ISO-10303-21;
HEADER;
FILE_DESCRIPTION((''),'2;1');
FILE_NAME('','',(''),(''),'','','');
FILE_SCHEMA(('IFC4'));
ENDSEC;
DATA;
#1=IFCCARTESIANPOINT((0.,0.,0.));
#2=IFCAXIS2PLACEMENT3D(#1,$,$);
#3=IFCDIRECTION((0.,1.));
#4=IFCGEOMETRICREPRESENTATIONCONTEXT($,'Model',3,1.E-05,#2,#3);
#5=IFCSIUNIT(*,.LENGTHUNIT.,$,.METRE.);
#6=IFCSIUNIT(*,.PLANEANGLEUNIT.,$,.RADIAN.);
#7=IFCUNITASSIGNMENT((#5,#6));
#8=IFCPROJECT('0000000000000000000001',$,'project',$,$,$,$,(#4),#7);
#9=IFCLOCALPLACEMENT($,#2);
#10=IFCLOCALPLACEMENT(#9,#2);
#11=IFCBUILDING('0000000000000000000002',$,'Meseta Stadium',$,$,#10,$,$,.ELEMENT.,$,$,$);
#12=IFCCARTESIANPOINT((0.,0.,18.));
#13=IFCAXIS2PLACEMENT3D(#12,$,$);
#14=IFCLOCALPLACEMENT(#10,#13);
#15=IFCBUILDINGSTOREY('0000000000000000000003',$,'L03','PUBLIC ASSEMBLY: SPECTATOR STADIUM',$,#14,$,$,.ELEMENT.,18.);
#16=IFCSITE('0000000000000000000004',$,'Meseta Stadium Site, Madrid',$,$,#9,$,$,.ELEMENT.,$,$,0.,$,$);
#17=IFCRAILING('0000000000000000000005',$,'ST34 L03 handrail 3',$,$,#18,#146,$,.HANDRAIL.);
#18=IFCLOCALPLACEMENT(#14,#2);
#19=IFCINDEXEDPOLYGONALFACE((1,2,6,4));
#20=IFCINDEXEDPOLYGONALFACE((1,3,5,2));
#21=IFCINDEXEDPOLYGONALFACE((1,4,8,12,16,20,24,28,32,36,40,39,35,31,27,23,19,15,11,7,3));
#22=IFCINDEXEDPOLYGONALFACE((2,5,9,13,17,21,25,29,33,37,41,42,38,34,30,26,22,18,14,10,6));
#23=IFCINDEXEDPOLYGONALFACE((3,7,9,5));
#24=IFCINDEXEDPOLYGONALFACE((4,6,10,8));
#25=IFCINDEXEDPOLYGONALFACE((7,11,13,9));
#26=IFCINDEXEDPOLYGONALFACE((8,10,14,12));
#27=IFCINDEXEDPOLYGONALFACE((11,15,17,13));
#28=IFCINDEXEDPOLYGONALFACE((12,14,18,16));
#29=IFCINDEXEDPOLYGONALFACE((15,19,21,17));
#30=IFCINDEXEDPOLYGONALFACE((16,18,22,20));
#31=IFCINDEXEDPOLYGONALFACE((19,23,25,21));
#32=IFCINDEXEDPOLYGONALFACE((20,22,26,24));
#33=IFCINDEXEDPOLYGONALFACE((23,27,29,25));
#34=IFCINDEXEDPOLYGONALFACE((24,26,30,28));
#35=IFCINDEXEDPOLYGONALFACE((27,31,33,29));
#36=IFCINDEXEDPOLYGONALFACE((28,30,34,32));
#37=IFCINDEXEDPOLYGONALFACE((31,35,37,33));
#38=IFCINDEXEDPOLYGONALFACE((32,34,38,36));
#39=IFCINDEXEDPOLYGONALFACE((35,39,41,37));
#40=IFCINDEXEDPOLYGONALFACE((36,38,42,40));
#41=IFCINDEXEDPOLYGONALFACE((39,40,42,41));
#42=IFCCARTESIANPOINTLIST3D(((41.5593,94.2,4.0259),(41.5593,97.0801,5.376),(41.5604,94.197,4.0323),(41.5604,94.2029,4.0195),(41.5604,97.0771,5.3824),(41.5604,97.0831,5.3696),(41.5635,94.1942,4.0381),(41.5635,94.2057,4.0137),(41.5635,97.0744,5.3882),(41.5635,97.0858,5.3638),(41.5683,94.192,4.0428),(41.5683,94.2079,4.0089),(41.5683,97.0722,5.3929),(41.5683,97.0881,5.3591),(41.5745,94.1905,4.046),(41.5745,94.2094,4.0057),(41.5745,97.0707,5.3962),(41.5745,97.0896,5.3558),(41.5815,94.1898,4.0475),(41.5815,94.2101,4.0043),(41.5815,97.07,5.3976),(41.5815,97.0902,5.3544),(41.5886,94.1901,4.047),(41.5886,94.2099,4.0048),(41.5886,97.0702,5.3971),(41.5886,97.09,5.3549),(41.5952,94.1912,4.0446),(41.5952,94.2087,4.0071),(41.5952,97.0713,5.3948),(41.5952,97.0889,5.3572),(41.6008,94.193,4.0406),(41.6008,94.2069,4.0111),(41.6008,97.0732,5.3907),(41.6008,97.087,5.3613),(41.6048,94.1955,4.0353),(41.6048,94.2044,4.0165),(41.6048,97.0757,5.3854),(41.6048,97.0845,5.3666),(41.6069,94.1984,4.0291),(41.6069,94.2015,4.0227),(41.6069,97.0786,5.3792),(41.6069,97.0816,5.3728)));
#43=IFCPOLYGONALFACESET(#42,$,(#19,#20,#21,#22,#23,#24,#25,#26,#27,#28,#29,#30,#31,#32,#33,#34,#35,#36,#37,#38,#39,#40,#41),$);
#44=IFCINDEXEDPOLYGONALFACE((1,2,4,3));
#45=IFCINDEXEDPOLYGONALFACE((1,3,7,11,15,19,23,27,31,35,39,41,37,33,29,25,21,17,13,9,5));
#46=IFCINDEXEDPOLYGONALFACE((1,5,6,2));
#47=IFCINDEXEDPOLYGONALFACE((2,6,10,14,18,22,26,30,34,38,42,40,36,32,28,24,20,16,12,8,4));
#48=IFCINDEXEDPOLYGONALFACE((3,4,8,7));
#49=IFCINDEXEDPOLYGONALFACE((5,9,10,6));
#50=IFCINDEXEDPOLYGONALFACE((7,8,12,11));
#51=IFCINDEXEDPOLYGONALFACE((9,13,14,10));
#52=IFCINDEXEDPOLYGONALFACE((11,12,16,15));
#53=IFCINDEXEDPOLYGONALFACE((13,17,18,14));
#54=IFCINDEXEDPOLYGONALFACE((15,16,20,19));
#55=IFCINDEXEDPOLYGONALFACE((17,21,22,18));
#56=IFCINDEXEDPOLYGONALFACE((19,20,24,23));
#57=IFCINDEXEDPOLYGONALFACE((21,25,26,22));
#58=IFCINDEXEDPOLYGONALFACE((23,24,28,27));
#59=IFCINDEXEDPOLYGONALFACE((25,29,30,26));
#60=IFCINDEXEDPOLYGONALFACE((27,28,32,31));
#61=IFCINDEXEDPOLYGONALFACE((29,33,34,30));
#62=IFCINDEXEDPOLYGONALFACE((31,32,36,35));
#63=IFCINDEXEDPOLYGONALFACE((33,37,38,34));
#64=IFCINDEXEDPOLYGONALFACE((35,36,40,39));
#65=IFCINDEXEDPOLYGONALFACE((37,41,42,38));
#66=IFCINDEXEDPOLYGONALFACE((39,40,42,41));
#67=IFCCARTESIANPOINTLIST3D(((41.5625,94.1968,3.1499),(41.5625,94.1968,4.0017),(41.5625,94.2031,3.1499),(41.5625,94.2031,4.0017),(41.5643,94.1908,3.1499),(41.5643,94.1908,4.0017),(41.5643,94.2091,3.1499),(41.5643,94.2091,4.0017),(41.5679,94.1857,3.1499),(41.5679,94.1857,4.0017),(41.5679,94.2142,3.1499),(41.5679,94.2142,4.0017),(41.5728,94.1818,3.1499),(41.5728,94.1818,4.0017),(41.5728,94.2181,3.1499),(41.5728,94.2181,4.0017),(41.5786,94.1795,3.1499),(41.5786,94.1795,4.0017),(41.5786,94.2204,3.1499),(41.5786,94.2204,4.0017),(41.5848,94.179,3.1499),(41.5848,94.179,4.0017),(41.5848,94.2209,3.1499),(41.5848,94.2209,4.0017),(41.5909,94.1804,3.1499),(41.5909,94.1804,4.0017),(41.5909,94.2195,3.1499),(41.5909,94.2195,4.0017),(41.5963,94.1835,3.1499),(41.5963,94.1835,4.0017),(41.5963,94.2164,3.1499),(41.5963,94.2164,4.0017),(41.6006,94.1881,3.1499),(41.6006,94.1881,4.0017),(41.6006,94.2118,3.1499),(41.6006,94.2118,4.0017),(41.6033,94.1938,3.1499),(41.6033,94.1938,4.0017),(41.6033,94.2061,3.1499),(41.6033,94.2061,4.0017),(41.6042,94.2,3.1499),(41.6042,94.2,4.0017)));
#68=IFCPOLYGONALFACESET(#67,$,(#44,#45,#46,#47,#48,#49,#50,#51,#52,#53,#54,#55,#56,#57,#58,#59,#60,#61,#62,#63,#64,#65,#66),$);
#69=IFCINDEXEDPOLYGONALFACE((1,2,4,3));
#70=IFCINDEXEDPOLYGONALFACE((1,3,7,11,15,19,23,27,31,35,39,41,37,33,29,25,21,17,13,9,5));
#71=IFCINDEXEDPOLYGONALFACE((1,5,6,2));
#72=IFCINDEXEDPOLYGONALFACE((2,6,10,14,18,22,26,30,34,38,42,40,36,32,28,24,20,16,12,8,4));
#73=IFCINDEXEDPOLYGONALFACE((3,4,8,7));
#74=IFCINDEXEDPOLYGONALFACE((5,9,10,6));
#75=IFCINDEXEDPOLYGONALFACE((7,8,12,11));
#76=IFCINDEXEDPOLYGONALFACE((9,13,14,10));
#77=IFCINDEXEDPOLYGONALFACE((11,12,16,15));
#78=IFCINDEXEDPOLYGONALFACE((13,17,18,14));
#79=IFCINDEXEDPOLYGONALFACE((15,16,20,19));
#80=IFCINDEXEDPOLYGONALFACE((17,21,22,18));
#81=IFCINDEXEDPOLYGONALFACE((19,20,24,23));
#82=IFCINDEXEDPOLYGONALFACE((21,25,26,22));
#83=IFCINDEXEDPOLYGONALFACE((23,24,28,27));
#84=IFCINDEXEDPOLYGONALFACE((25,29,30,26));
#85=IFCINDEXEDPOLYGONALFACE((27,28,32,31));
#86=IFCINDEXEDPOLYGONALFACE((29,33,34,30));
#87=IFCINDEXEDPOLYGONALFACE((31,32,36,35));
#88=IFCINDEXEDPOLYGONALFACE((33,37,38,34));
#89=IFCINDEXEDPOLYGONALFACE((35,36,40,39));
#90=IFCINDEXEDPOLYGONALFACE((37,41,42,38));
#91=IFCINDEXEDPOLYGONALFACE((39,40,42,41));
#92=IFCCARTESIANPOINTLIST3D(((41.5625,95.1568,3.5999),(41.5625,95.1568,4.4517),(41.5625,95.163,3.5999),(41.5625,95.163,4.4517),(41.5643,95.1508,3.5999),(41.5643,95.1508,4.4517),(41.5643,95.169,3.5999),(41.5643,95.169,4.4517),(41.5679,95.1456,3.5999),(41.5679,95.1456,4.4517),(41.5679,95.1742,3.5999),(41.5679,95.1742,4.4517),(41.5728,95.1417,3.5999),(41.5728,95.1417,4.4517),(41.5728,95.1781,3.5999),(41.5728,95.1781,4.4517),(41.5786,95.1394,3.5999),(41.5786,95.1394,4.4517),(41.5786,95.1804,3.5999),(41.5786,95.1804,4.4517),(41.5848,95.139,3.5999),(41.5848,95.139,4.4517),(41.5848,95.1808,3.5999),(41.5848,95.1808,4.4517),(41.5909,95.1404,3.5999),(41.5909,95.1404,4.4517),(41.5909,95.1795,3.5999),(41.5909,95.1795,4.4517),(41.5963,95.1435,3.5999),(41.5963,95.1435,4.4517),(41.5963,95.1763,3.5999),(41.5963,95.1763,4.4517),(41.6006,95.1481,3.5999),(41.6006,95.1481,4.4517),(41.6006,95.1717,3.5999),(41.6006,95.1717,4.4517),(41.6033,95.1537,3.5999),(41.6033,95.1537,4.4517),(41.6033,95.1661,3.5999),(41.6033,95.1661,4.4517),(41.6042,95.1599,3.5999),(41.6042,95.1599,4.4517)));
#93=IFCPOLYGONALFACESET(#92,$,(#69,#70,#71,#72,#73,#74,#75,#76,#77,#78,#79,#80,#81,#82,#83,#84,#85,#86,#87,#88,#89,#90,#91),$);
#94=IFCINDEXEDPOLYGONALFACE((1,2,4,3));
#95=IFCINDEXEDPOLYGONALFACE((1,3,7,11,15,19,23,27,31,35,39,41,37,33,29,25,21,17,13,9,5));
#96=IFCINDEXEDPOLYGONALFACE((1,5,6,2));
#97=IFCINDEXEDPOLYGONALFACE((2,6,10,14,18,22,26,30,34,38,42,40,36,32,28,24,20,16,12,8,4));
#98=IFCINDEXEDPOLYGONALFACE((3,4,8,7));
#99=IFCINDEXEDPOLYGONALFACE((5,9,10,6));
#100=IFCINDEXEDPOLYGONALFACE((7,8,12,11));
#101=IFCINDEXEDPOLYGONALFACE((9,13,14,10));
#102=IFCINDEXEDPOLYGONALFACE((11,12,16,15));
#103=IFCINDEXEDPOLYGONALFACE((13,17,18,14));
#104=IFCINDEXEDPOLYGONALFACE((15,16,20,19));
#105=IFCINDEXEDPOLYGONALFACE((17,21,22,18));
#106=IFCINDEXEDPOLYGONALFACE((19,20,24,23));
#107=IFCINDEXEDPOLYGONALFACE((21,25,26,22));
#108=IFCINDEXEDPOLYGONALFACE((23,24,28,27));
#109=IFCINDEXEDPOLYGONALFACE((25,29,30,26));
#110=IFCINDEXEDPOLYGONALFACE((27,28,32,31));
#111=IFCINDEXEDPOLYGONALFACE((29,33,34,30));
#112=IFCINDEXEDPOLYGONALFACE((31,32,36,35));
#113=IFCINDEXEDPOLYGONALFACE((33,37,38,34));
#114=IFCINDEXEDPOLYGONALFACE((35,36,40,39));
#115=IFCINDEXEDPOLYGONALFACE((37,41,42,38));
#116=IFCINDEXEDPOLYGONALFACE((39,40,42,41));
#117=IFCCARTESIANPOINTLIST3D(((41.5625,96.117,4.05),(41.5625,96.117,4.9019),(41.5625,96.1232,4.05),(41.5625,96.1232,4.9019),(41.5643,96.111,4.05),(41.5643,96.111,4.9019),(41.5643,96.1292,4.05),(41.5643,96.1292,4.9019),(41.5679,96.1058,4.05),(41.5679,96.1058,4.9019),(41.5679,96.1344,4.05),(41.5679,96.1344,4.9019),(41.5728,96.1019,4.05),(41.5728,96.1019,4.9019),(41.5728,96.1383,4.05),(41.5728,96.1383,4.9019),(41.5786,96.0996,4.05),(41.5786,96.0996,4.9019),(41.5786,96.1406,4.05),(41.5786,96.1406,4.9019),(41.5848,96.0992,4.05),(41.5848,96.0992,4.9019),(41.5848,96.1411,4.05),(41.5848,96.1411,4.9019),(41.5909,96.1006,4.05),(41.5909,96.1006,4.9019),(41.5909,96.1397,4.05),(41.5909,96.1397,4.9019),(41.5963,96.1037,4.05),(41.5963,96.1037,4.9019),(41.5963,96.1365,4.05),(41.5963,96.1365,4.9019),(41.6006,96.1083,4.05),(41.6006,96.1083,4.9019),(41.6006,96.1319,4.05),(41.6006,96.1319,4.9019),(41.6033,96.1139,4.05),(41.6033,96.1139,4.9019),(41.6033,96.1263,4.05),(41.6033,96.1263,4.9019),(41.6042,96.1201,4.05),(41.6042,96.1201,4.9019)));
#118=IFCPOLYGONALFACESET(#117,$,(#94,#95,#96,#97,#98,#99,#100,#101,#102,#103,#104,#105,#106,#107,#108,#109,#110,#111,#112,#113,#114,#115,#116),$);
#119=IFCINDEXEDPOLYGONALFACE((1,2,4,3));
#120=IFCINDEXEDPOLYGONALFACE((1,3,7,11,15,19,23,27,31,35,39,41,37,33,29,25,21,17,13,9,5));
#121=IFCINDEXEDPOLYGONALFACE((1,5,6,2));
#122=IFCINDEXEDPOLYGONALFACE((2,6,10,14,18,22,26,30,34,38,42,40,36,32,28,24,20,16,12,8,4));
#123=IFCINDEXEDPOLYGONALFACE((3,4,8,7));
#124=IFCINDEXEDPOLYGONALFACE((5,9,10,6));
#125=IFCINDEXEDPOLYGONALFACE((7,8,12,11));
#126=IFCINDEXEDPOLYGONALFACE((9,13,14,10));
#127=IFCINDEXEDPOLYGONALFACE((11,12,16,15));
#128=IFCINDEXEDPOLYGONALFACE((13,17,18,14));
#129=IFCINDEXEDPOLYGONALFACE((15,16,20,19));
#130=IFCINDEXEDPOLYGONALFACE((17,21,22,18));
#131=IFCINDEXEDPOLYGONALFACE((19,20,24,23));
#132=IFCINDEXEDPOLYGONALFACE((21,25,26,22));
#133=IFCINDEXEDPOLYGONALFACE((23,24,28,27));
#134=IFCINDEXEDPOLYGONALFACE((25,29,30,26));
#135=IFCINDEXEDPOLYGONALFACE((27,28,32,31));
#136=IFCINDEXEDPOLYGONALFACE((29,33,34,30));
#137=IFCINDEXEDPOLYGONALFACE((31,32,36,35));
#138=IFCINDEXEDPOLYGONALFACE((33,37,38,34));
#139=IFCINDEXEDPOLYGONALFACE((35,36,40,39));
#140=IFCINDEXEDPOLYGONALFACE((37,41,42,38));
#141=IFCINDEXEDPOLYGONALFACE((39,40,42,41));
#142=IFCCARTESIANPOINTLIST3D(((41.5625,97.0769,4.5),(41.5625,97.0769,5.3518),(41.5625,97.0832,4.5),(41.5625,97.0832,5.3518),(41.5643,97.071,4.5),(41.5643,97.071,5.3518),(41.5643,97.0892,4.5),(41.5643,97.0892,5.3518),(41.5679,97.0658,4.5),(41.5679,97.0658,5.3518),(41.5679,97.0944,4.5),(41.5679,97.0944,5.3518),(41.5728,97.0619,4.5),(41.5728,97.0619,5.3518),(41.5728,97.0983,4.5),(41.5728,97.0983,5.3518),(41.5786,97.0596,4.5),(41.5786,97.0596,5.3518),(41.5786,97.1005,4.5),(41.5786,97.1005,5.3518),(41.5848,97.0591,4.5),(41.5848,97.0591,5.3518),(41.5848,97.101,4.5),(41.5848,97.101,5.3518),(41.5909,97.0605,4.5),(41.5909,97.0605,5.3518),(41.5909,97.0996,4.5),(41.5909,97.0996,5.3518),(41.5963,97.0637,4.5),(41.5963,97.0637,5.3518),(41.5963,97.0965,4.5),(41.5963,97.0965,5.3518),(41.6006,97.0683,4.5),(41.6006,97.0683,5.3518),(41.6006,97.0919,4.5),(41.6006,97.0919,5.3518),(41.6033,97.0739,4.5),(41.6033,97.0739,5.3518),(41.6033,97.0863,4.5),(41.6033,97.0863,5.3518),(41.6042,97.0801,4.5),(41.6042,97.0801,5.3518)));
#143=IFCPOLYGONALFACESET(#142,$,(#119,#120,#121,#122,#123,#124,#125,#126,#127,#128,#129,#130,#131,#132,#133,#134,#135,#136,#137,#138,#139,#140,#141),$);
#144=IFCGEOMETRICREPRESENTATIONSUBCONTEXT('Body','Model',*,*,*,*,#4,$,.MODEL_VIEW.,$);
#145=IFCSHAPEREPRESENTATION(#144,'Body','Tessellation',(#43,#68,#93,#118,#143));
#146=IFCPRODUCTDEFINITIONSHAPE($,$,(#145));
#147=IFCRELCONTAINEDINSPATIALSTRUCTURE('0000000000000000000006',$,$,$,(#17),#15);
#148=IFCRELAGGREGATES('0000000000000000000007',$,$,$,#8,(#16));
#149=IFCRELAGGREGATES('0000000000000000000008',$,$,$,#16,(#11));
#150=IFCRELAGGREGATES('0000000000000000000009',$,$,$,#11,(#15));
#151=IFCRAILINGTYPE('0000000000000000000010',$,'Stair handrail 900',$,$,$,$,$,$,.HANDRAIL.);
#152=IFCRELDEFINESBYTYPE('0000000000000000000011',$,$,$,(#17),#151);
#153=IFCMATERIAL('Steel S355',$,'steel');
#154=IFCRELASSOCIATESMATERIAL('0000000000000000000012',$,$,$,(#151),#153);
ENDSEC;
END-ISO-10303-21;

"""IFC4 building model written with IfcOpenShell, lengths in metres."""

from ifc_helpers import new_model, si_unit, direction, frame, origin, origin_2d, place, context, subcontext, project, spatial, circle, extrude, material, type_object, element, save


model = new_model("IFC4")

# Units and contexts
model_context = context("Model", 3, precision=1e-05, world=origin(), true_north=direction((0.0, 1.0)))
body_context = subcontext(model_context, "Body", "Model", "MODEL_VIEW")
ifc_project = project(units=[si_unit("LENGTHUNIT", "METRE"), si_unit("PLANEANGLEUNIT", "RADIAN")], contexts=[model_context])

# Site, building, storey
site_placement = place(None, origin())
site = spatial("IfcSite", under=ifc_project, at=site_placement, Name="Meseta Stadium Site, Madrid", CompositionType="ELEMENT", RefElevation=0.0)
building_placement = place(site_placement, origin())
building = spatial("IfcBuilding", under=site, at=building_placement, Name="Meseta Stadium", CompositionType="ELEMENT")
storey_placement = place(building_placement, frame((0.0, 0.0, 18.0)))
storey = spatial("IfcBuildingStorey", under=building, at=storey_placement, Name="L03", Description="PUBLIC ASSEMBLY: SPECTATOR STADIUM", CompositionType="ELEMENT", Elevation=18.0)

# Railing
ifc_material_1 = material(Name="Steel S355", Category="steel")
railing_type_1 = type_object("IfcRailingType", Name="Stair handrail 900", PredefinedType="HANDRAIL", material=ifc_material_1)
for number, where, name in (
    (1, (41.5833, 94.2, 3.1499), "ST34 L03 handrail 3"),
):
    element("IfcRailing", number, at=place(storey_placement, frame(where)), inside=storey, type_object=railing_type_1, Name=name, PredefinedType="HANDRAIL", context=body_context, shape_type="SweptSolid", body=[
        extrude(circle(Radius=0.0239, at=origin_2d()), frame((0.0, 0.0, 0.876), z_axis=(0.0, 0.905454, 0.424444), x_axis=(-1.0, 0.0, 0.0)), (0.0, 0.0, 1.0), 3.1809),
        extrude(circle(Radius=0.021, at=origin_2d()), origin(), (0.0, 0.0, 1.0), 0.8518),
        extrude(circle(Radius=0.021, at=origin_2d()), frame((0.0, 0.96, 0.45)), (0.0, 0.0, 1.0), 0.8518),
        extrude(circle(Radius=0.021, at=origin_2d()), frame((0.0, 1.9202, 0.9001)), (0.0, 0.0, 1.0), 0.8518),
        extrude(circle(Radius=0.021, at=origin_2d()), frame((0.0, 2.8801, 1.3501)), (0.0, 0.0, 1.0), 0.8518),
    ])

save(model, "model.ifc")
